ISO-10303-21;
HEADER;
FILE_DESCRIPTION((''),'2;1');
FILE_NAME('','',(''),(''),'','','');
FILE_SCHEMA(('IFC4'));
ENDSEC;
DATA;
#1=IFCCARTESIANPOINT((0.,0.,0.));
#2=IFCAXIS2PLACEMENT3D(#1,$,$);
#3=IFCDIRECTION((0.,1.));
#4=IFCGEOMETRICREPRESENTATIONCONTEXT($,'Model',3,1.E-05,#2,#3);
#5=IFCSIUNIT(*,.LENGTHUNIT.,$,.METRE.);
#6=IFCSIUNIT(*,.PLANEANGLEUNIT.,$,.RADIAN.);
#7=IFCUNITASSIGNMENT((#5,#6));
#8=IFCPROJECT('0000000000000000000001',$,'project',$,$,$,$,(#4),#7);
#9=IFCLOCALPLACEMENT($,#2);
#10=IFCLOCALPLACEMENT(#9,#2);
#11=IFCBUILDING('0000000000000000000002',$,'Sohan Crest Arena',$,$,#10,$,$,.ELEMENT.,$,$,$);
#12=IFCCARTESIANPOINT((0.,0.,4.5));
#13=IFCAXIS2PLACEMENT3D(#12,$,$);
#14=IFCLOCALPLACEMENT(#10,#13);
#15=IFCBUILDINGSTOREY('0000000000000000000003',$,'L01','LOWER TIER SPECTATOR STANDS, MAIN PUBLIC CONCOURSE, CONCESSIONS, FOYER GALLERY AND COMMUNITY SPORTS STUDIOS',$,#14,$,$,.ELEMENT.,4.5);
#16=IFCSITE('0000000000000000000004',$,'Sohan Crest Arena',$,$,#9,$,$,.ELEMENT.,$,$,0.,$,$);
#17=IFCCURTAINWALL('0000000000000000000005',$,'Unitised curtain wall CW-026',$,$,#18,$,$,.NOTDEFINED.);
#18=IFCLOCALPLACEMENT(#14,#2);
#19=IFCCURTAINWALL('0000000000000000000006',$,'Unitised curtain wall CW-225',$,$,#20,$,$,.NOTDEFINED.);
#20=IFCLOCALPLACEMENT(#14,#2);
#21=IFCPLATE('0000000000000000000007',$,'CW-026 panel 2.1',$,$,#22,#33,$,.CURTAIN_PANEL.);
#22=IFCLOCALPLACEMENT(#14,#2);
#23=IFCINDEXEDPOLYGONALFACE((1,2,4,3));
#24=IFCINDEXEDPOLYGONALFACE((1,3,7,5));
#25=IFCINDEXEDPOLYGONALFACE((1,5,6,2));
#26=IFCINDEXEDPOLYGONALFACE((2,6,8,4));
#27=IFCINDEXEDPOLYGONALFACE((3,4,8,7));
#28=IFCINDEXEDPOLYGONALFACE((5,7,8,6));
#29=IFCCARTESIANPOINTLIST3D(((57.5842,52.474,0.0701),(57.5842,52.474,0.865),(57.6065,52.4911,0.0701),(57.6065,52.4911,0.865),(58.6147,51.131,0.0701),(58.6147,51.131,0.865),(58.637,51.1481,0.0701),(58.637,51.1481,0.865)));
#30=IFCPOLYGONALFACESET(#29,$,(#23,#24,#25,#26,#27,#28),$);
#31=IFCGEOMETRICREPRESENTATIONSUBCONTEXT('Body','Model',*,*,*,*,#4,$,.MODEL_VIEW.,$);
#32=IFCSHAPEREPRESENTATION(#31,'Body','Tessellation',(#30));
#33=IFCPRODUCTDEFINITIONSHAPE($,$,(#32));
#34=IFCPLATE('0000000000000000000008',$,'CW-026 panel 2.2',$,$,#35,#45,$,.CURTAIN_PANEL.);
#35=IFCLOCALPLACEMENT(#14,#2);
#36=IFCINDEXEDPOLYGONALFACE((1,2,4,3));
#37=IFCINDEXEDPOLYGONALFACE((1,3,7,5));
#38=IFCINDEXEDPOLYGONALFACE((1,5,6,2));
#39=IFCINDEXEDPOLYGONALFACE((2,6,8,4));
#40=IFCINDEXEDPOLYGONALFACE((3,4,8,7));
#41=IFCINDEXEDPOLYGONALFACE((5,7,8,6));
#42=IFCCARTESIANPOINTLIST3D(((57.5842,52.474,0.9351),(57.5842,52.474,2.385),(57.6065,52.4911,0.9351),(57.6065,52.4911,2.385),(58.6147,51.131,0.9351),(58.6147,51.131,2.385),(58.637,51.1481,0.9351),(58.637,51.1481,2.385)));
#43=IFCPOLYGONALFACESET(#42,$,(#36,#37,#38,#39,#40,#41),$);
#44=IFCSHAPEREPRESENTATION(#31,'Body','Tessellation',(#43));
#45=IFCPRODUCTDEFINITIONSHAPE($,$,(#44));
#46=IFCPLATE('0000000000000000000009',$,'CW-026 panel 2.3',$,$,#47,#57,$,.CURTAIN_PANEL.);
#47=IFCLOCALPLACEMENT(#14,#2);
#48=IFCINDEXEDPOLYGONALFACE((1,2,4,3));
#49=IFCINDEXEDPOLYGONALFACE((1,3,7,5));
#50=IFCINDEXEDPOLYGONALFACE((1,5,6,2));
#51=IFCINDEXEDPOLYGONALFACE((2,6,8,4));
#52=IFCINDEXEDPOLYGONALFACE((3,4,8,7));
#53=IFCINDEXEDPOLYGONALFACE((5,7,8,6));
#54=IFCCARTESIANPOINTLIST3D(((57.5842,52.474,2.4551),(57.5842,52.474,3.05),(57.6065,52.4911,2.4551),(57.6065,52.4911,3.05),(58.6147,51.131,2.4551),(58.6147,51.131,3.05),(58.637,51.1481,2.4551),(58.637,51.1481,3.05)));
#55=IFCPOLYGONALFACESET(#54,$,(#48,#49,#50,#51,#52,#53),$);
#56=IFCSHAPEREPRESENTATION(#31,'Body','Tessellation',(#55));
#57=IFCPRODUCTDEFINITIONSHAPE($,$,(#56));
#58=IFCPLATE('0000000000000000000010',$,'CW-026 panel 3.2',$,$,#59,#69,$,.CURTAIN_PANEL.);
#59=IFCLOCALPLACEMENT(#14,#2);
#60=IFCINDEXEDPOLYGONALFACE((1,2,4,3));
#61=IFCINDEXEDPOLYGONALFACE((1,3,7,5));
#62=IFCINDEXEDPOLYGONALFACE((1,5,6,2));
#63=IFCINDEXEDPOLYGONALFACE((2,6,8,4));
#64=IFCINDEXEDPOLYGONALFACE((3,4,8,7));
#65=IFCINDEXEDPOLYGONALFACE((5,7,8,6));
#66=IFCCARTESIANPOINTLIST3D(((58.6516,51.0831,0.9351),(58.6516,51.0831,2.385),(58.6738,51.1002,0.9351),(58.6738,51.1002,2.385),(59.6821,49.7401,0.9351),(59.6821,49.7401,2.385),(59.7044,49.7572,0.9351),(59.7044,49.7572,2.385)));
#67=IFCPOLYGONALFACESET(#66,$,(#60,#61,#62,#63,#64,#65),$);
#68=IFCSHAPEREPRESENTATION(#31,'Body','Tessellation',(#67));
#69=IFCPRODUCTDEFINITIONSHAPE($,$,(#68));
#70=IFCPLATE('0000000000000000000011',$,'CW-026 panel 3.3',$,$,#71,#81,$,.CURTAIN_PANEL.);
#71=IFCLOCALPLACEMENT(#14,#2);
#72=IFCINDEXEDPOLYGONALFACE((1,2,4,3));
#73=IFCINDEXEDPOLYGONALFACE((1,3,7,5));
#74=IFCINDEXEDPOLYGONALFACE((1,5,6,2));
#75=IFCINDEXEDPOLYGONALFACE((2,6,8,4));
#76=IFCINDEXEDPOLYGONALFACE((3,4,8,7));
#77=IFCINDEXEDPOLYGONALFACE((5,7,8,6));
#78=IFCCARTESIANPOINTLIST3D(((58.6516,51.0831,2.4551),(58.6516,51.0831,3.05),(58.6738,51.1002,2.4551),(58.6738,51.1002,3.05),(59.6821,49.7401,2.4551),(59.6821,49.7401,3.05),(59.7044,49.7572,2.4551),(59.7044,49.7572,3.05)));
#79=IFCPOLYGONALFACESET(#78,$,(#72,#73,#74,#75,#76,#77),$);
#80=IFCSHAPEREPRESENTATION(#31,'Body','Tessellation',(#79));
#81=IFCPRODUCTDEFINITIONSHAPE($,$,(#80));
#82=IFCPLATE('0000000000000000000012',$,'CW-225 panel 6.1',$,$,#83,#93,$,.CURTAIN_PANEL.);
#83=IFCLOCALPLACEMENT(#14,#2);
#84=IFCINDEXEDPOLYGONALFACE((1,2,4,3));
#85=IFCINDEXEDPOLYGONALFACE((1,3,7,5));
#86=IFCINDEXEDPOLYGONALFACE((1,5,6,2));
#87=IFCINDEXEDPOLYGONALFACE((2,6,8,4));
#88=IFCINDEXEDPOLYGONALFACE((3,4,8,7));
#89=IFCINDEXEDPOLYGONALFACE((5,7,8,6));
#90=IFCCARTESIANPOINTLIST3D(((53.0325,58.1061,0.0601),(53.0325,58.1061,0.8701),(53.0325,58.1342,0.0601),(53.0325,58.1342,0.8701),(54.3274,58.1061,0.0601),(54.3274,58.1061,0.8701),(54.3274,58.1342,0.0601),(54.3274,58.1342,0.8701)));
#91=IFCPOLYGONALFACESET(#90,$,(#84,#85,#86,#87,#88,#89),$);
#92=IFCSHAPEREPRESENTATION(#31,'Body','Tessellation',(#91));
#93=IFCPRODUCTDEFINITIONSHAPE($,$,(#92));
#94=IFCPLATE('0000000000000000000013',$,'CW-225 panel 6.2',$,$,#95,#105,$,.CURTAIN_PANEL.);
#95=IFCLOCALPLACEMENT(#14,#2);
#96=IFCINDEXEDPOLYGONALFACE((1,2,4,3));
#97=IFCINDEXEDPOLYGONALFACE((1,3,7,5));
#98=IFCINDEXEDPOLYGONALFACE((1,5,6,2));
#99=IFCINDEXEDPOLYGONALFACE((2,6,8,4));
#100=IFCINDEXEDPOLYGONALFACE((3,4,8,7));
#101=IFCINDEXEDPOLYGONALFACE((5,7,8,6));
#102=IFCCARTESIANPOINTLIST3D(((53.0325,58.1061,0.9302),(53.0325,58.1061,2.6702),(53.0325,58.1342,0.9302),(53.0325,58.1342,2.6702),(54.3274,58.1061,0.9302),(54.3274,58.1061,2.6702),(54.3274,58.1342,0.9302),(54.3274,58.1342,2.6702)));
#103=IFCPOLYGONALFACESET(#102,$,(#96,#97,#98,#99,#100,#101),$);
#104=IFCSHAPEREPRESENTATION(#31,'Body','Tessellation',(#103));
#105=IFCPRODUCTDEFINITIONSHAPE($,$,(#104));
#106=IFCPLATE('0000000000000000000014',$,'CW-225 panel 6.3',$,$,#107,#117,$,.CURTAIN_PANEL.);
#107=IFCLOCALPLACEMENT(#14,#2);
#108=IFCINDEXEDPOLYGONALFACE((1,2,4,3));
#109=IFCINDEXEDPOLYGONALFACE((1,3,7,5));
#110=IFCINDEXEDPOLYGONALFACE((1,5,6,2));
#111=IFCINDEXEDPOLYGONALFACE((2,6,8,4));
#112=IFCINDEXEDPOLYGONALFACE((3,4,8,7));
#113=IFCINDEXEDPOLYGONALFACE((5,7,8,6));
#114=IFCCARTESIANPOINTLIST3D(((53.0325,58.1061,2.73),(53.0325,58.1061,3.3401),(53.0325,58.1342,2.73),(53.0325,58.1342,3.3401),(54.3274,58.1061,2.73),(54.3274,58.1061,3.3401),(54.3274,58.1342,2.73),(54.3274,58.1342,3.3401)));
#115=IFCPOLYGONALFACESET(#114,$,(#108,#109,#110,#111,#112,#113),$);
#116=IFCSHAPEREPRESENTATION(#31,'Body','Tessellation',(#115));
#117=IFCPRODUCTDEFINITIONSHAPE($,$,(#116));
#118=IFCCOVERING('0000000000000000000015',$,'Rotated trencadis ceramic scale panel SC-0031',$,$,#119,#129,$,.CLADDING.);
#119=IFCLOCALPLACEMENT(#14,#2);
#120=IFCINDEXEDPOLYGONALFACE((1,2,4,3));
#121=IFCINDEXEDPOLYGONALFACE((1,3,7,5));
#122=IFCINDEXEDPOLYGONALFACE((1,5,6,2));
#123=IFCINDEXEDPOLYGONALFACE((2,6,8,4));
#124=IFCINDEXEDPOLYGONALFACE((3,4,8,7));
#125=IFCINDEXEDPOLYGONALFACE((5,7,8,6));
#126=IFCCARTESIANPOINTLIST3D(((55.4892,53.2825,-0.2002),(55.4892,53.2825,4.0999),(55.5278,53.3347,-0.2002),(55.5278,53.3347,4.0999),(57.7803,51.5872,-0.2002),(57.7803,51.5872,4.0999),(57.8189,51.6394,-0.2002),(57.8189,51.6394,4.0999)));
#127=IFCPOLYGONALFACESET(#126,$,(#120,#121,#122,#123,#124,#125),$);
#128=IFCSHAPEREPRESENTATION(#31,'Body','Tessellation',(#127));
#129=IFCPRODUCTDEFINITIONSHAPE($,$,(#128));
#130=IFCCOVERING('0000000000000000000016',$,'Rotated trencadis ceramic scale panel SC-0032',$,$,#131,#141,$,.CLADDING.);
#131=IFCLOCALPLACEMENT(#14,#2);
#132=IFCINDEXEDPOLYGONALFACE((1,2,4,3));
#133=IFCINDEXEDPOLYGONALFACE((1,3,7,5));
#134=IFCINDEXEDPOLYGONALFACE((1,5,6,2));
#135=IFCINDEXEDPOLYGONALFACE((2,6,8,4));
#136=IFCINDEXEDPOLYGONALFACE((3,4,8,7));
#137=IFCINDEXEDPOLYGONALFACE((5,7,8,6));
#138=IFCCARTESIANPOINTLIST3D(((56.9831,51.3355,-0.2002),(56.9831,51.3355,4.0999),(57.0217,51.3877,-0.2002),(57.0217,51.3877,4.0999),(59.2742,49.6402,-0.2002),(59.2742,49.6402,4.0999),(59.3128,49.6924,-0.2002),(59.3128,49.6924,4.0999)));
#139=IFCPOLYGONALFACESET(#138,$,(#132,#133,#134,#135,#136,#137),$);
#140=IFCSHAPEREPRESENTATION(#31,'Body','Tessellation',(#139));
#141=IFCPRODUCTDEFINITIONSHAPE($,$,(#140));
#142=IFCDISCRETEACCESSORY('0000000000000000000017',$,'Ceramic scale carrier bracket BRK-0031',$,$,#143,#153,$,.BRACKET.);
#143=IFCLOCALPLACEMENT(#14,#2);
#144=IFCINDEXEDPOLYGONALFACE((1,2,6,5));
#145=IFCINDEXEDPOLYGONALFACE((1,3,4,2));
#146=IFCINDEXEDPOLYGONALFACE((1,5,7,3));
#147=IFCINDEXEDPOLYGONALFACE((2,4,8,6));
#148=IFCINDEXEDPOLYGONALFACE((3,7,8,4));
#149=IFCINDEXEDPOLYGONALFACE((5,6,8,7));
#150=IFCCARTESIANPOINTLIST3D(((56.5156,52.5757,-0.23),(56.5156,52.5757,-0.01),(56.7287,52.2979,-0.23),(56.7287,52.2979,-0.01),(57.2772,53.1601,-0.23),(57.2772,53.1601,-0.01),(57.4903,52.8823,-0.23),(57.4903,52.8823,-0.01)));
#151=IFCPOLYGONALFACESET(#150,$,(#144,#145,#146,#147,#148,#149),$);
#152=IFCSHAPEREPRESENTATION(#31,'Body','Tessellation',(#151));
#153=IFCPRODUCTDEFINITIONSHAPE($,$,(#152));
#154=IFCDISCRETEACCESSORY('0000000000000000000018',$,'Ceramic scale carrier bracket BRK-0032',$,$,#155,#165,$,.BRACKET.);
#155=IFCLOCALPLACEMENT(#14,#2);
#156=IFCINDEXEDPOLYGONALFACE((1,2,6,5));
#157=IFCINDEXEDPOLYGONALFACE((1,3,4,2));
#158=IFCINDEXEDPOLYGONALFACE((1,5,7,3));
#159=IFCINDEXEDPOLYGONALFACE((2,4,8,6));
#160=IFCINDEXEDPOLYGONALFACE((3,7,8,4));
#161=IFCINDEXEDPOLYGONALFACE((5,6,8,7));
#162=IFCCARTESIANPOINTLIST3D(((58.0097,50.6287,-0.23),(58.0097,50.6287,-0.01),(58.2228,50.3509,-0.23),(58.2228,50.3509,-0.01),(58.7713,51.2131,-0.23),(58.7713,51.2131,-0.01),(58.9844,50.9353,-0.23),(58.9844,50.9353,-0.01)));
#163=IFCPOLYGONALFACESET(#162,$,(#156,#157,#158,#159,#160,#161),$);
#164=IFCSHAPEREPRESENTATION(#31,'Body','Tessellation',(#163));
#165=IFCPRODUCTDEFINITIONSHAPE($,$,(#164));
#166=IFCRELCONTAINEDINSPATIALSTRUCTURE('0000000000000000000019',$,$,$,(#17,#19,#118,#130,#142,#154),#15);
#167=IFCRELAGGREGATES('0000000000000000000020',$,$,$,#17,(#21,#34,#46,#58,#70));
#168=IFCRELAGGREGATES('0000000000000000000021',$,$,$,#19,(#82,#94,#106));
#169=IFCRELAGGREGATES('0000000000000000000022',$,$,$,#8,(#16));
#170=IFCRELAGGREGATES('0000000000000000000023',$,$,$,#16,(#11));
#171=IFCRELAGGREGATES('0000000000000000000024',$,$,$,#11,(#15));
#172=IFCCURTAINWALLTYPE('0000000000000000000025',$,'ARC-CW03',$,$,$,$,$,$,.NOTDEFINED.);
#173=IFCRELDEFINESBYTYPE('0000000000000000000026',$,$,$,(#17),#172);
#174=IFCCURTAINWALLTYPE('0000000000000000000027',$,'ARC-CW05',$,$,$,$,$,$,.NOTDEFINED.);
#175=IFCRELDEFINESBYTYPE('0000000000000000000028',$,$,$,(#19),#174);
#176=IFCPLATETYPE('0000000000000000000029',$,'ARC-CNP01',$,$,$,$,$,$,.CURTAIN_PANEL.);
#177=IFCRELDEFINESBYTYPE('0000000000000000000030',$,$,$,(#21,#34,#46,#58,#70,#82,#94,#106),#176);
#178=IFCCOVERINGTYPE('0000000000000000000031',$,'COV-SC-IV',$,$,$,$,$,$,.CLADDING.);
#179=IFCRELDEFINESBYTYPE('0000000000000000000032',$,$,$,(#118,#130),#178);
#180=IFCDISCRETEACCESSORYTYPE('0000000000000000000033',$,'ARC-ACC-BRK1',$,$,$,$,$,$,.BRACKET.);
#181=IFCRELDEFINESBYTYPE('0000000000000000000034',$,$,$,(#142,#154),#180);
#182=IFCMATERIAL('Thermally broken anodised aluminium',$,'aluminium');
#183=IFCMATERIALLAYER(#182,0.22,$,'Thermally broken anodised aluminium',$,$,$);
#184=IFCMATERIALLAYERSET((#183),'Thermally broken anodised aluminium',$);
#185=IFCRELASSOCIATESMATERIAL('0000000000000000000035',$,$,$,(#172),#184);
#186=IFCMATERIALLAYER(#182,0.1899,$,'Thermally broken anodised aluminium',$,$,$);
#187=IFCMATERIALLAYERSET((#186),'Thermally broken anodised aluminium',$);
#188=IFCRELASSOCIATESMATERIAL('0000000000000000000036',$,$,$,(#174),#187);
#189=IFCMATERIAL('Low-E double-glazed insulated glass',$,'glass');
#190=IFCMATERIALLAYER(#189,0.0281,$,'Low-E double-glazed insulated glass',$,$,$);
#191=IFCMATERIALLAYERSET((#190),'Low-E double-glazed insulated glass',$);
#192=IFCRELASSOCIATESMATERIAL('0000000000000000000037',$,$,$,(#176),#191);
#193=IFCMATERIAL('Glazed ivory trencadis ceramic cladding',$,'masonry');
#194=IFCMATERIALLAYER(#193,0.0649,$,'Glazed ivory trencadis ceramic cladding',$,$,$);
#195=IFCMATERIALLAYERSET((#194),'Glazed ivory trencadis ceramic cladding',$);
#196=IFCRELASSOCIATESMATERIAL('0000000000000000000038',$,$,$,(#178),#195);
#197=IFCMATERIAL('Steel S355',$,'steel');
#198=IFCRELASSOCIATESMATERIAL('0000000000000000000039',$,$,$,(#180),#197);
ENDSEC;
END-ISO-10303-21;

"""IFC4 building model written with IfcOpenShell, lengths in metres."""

from ifc_helpers import new_model, si_unit, direction, frame, origin, origin_2d, place, context, subcontext, project, spatial, rectangle, extrude, material, layer, layer_set, type_object, element, aggregate, save


model = new_model("IFC4")

# Units and contexts
model_context = context("Model", 3, precision=1e-05, world=origin(), true_north=direction((0.0, 1.0)))
body_context = subcontext(model_context, "Body", "Model", "MODEL_VIEW")
ifc_project = project(units=[si_unit("LENGTHUNIT", "METRE"), si_unit("PLANEANGLEUNIT", "RADIAN")], contexts=[model_context])

# Site, building, storey
site_placement = place(None, origin())
site = spatial("IfcSite", under=ifc_project, at=site_placement, Name="Sohan Crest Arena", CompositionType="ELEMENT", RefElevation=0.0)
building_placement = place(site_placement, origin())
building = spatial("IfcBuilding", under=site, at=building_placement, Name="Sohan Crest Arena", CompositionType="ELEMENT")
storey_placement = place(building_placement, frame((0.0, 0.0, 4.5)))
storey = spatial("IfcBuildingStorey", under=building, at=storey_placement, Name="L01", Description="LOWER TIER SPECTATOR STANDS, MAIN PUBLIC CONCOURSE, CONCESSIONS, FOYER GALLERY AND COMMUNITY SPORTS STUDIOS", CompositionType="ELEMENT", Elevation=4.5)

# Shared definitions
ifc_material_1 = material(Name="Steel S355", Category="steel")

# Curtain walls
ifc_material_2 = material(Name="Thermally broken anodised aluminium", Category="aluminium")
ifc_layer_1 = layer(ifc_material_2, 0.22, Name="Thermally broken anodised aluminium")
ifc_layer_set_1 = layer_set([ifc_layer_1], Name="Thermally broken anodised aluminium")
curtain_wall_type_1 = type_object("IfcCurtainWallType", Name="ARC-CW03", PredefinedType="NOTDEFINED", material=ifc_layer_set_1)
curtain_wall_1_placement = place(storey_placement, origin())
curtain_wall_1 = element("IfcCurtainWall", 1, at=curtain_wall_1_placement, inside=storey, type_object=curtain_wall_type_1, Name="Unitised curtain wall CW-026", PredefinedType="NOTDEFINED")
ifc_layer_2 = layer(ifc_material_2, 0.1899, Name="Thermally broken anodised aluminium")
ifc_layer_set_2 = layer_set([ifc_layer_2], Name="Thermally broken anodised aluminium")
curtain_wall_type_2 = type_object("IfcCurtainWallType", Name="ARC-CW05", PredefinedType="NOTDEFINED", material=ifc_layer_set_2)
curtain_wall_2_placement = place(storey_placement, origin())
curtain_wall_2 = element("IfcCurtainWall", 2, at=curtain_wall_2_placement, inside=storey, type_object=curtain_wall_type_2, Name="Unitised curtain wall CW-225", PredefinedType="NOTDEFINED")

# Plates
ifc_material_3 = material(Name="Low-E double-glazed insulated glass", Category="glass")
ifc_layer_3 = layer(ifc_material_3, 0.0281, Name="Low-E double-glazed insulated glass")
ifc_layer_set_3 = layer_set([ifc_layer_3], Name="Low-E double-glazed insulated glass")
plate_type = type_object("IfcPlateType", Name="ARC-CNP01", PredefinedType="CURTAIN_PANEL", material=ifc_layer_set_3)
plate_1_placement = place(storey_placement, frame((58.1106, 51.811, 0.0701), z_axis=(0.0, 0.0, 1.0), x_axis=(0.608765, -0.793351, 0.0)))
plate_1 = element("IfcPlate", 3, at=plate_1_placement, type_object=plate_type, Name="CW-026 panel 2.1", PredefinedType="CURTAIN_PANEL", context=body_context, shape_type="SweptSolid", body=[
    extrude(rectangle(XDim=1.6929, YDim=0.0281, at=origin_2d()), origin(), (0.0, 0.0, 1.0), 0.7949),
])
plate_2_placement = place(storey_placement, frame((58.1106, 51.811, 0.9351), z_axis=(0.0, 0.0, 1.0), x_axis=(0.608765, -0.793351, 0.0)))
plate_2 = element("IfcPlate", 4, at=plate_2_placement, type_object=plate_type, Name="CW-026 panel 2.2", PredefinedType="CURTAIN_PANEL", context=body_context, shape_type="SweptSolid", body=[
    extrude(rectangle(XDim=1.6929, YDim=0.0281, at=origin_2d()), origin(), (0.0, 0.0, 1.0), 1.45),
])
plate_3_placement = place(storey_placement, frame((58.1106, 51.811, 2.4551), z_axis=(0.0, 0.0, 1.0), x_axis=(0.608765, -0.793351, 0.0)))
plate_3 = element("IfcPlate", 5, at=plate_3_placement, type_object=plate_type, Name="CW-026 panel 2.3", PredefinedType="CURTAIN_PANEL", context=body_context, shape_type="SweptSolid", body=[
    extrude(rectangle(XDim=1.6929, YDim=0.0281, at=origin_2d()), origin(), (0.0, 0.0, 1.0), 0.595),
])
plate_4_placement = place(storey_placement, frame((59.178, 50.4202, 0.9351), z_axis=(0.0, 0.0, 1.0), x_axis=(0.608765, -0.793351, 0.0)))
plate_4 = element("IfcPlate", 6, at=plate_4_placement, type_object=plate_type, Name="CW-026 panel 3.2", PredefinedType="CURTAIN_PANEL", context=body_context, shape_type="SweptSolid", body=[
    extrude(rectangle(XDim=1.6929, YDim=0.0281, at=origin_2d()), origin(), (0.0, 0.0, 1.0), 1.45),
])
plate_5_placement = place(storey_placement, frame((59.178, 50.4202, 2.4551), z_axis=(0.0, 0.0, 1.0), x_axis=(0.608765, -0.793351, 0.0)))
plate_5 = element("IfcPlate", 7, at=plate_5_placement, type_object=plate_type, Name="CW-026 panel 3.3", PredefinedType="CURTAIN_PANEL", context=body_context, shape_type="SweptSolid", body=[
    extrude(rectangle(XDim=1.6929, YDim=0.0281, at=origin_2d()), origin(), (0.0, 0.0, 1.0), 0.595),
])
aggregate(curtain_wall_1, [plate_1, plate_2, plate_3, plate_4, plate_5])
plate_6_placement = place(storey_placement, frame((53.6799, 58.1201, 0.0601), z_axis=(0.0, 0.0, 1.0), x_axis=(1.0, 0.0, 0.0)))
plate_6 = element("IfcPlate", 8, at=plate_6_placement, type_object=plate_type, Name="CW-225 panel 6.1", PredefinedType="CURTAIN_PANEL", context=body_context, shape_type="SweptSolid", body=[
    extrude(rectangle(XDim=1.2949, YDim=0.0281, at=origin_2d()), origin(), (0.0, 0.0, 1.0), 0.8101),
])
plate_7_placement = place(storey_placement, frame((53.6799, 58.1201, 0.9302), z_axis=(0.0, 0.0, 1.0), x_axis=(1.0, 0.0, 0.0)))
plate_7 = element("IfcPlate", 9, at=plate_7_placement, type_object=plate_type, Name="CW-225 panel 6.2", PredefinedType="CURTAIN_PANEL", context=body_context, shape_type="SweptSolid", body=[
    extrude(rectangle(XDim=1.2949, YDim=0.0281, at=origin_2d()), origin(), (0.0, 0.0, 1.0), 1.74),
])
plate_8_placement = place(storey_placement, frame((53.6799, 58.1201, 2.73), z_axis=(0.0, 0.0, 1.0), x_axis=(1.0, 0.0, 0.0)))
plate_8 = element("IfcPlate", 10, at=plate_8_placement, type_object=plate_type, Name="CW-225 panel 6.3", PredefinedType="CURTAIN_PANEL", context=body_context, shape_type="SweptSolid", body=[
    extrude(rectangle(XDim=1.2949, YDim=0.0281, at=origin_2d()), origin(), (0.0, 0.0, 1.0), 0.6101),
])
aggregate(curtain_wall_2, [plate_6, plate_7, plate_8])

# Coverings
ifc_material_4 = material(Name="Glazed ivory trencadis ceramic cladding", Category="masonry")
ifc_layer_4 = layer(ifc_material_4, 0.0649, Name="Glazed ivory trencadis ceramic cladding")
ifc_layer_set_4 = layer_set([ifc_layer_4], Name="Glazed ivory trencadis ceramic cladding")
covering_type = type_object("IfcCoveringType", Name="COV-SC-IV", PredefinedType="CLADDING", material=ifc_layer_set_4)
for number, where, z_axis, x_axis, name in (
    (11, (56.6541, 52.4609, -0.2002), (0.0, 0.0, 1.0), (0.803857, -0.594823, 0.0), "Rotated trencadis ceramic scale panel SC-0031"),
    (12, (58.1479, 50.5139, -0.2002), (0.0, 0.0, 1.0), (0.803857, -0.594823, 0.0), "Rotated trencadis ceramic scale panel SC-0032"),
):
    element("IfcCovering", number, at=place(storey_placement, frame(where, z_axis=z_axis, x_axis=x_axis)), inside=storey, type_object=covering_type, Name=name, PredefinedType="CLADDING", context=body_context, shape_type="SweptSolid", body=[
        extrude(rectangle(XDim=2.8501, YDim=0.0649, at=origin_2d()), origin(), (0.0, 0.0, 1.0), 4.3),
    ])

# Discrete accessories
discrete_accessory_type = type_object("IfcDiscreteAccessoryType", Name="ARC-ACC-BRK1", PredefinedType="BRACKET", material=ifc_material_1)
for number, where, z_axis, x_axis, name in (
    (13, (57.0029, 52.729, -0.23), (0.0, 0.0, 1.0), (0.608761, -0.793353, 0.0), "Ceramic scale carrier bracket BRK-0031"),
    (14, (58.4971, 50.782, -0.23), (0.0, 0.0, 1.0), (0.608761, -0.793353, 0.0), "Ceramic scale carrier bracket BRK-0032"),
):
    element("IfcDiscreteAccessory", number, at=place(storey_placement, frame(where, z_axis=z_axis, x_axis=x_axis)), inside=storey, type_object=discrete_accessory_type, Name=name, PredefinedType="BRACKET", context=body_context, shape_type="SweptSolid", body=[
        extrude(rectangle(XDim=0.3501, YDim=0.96, at=origin_2d()), origin(), (0.0, 0.0, 1.0), 0.22),
    ])

save(model, "model.ifc")
